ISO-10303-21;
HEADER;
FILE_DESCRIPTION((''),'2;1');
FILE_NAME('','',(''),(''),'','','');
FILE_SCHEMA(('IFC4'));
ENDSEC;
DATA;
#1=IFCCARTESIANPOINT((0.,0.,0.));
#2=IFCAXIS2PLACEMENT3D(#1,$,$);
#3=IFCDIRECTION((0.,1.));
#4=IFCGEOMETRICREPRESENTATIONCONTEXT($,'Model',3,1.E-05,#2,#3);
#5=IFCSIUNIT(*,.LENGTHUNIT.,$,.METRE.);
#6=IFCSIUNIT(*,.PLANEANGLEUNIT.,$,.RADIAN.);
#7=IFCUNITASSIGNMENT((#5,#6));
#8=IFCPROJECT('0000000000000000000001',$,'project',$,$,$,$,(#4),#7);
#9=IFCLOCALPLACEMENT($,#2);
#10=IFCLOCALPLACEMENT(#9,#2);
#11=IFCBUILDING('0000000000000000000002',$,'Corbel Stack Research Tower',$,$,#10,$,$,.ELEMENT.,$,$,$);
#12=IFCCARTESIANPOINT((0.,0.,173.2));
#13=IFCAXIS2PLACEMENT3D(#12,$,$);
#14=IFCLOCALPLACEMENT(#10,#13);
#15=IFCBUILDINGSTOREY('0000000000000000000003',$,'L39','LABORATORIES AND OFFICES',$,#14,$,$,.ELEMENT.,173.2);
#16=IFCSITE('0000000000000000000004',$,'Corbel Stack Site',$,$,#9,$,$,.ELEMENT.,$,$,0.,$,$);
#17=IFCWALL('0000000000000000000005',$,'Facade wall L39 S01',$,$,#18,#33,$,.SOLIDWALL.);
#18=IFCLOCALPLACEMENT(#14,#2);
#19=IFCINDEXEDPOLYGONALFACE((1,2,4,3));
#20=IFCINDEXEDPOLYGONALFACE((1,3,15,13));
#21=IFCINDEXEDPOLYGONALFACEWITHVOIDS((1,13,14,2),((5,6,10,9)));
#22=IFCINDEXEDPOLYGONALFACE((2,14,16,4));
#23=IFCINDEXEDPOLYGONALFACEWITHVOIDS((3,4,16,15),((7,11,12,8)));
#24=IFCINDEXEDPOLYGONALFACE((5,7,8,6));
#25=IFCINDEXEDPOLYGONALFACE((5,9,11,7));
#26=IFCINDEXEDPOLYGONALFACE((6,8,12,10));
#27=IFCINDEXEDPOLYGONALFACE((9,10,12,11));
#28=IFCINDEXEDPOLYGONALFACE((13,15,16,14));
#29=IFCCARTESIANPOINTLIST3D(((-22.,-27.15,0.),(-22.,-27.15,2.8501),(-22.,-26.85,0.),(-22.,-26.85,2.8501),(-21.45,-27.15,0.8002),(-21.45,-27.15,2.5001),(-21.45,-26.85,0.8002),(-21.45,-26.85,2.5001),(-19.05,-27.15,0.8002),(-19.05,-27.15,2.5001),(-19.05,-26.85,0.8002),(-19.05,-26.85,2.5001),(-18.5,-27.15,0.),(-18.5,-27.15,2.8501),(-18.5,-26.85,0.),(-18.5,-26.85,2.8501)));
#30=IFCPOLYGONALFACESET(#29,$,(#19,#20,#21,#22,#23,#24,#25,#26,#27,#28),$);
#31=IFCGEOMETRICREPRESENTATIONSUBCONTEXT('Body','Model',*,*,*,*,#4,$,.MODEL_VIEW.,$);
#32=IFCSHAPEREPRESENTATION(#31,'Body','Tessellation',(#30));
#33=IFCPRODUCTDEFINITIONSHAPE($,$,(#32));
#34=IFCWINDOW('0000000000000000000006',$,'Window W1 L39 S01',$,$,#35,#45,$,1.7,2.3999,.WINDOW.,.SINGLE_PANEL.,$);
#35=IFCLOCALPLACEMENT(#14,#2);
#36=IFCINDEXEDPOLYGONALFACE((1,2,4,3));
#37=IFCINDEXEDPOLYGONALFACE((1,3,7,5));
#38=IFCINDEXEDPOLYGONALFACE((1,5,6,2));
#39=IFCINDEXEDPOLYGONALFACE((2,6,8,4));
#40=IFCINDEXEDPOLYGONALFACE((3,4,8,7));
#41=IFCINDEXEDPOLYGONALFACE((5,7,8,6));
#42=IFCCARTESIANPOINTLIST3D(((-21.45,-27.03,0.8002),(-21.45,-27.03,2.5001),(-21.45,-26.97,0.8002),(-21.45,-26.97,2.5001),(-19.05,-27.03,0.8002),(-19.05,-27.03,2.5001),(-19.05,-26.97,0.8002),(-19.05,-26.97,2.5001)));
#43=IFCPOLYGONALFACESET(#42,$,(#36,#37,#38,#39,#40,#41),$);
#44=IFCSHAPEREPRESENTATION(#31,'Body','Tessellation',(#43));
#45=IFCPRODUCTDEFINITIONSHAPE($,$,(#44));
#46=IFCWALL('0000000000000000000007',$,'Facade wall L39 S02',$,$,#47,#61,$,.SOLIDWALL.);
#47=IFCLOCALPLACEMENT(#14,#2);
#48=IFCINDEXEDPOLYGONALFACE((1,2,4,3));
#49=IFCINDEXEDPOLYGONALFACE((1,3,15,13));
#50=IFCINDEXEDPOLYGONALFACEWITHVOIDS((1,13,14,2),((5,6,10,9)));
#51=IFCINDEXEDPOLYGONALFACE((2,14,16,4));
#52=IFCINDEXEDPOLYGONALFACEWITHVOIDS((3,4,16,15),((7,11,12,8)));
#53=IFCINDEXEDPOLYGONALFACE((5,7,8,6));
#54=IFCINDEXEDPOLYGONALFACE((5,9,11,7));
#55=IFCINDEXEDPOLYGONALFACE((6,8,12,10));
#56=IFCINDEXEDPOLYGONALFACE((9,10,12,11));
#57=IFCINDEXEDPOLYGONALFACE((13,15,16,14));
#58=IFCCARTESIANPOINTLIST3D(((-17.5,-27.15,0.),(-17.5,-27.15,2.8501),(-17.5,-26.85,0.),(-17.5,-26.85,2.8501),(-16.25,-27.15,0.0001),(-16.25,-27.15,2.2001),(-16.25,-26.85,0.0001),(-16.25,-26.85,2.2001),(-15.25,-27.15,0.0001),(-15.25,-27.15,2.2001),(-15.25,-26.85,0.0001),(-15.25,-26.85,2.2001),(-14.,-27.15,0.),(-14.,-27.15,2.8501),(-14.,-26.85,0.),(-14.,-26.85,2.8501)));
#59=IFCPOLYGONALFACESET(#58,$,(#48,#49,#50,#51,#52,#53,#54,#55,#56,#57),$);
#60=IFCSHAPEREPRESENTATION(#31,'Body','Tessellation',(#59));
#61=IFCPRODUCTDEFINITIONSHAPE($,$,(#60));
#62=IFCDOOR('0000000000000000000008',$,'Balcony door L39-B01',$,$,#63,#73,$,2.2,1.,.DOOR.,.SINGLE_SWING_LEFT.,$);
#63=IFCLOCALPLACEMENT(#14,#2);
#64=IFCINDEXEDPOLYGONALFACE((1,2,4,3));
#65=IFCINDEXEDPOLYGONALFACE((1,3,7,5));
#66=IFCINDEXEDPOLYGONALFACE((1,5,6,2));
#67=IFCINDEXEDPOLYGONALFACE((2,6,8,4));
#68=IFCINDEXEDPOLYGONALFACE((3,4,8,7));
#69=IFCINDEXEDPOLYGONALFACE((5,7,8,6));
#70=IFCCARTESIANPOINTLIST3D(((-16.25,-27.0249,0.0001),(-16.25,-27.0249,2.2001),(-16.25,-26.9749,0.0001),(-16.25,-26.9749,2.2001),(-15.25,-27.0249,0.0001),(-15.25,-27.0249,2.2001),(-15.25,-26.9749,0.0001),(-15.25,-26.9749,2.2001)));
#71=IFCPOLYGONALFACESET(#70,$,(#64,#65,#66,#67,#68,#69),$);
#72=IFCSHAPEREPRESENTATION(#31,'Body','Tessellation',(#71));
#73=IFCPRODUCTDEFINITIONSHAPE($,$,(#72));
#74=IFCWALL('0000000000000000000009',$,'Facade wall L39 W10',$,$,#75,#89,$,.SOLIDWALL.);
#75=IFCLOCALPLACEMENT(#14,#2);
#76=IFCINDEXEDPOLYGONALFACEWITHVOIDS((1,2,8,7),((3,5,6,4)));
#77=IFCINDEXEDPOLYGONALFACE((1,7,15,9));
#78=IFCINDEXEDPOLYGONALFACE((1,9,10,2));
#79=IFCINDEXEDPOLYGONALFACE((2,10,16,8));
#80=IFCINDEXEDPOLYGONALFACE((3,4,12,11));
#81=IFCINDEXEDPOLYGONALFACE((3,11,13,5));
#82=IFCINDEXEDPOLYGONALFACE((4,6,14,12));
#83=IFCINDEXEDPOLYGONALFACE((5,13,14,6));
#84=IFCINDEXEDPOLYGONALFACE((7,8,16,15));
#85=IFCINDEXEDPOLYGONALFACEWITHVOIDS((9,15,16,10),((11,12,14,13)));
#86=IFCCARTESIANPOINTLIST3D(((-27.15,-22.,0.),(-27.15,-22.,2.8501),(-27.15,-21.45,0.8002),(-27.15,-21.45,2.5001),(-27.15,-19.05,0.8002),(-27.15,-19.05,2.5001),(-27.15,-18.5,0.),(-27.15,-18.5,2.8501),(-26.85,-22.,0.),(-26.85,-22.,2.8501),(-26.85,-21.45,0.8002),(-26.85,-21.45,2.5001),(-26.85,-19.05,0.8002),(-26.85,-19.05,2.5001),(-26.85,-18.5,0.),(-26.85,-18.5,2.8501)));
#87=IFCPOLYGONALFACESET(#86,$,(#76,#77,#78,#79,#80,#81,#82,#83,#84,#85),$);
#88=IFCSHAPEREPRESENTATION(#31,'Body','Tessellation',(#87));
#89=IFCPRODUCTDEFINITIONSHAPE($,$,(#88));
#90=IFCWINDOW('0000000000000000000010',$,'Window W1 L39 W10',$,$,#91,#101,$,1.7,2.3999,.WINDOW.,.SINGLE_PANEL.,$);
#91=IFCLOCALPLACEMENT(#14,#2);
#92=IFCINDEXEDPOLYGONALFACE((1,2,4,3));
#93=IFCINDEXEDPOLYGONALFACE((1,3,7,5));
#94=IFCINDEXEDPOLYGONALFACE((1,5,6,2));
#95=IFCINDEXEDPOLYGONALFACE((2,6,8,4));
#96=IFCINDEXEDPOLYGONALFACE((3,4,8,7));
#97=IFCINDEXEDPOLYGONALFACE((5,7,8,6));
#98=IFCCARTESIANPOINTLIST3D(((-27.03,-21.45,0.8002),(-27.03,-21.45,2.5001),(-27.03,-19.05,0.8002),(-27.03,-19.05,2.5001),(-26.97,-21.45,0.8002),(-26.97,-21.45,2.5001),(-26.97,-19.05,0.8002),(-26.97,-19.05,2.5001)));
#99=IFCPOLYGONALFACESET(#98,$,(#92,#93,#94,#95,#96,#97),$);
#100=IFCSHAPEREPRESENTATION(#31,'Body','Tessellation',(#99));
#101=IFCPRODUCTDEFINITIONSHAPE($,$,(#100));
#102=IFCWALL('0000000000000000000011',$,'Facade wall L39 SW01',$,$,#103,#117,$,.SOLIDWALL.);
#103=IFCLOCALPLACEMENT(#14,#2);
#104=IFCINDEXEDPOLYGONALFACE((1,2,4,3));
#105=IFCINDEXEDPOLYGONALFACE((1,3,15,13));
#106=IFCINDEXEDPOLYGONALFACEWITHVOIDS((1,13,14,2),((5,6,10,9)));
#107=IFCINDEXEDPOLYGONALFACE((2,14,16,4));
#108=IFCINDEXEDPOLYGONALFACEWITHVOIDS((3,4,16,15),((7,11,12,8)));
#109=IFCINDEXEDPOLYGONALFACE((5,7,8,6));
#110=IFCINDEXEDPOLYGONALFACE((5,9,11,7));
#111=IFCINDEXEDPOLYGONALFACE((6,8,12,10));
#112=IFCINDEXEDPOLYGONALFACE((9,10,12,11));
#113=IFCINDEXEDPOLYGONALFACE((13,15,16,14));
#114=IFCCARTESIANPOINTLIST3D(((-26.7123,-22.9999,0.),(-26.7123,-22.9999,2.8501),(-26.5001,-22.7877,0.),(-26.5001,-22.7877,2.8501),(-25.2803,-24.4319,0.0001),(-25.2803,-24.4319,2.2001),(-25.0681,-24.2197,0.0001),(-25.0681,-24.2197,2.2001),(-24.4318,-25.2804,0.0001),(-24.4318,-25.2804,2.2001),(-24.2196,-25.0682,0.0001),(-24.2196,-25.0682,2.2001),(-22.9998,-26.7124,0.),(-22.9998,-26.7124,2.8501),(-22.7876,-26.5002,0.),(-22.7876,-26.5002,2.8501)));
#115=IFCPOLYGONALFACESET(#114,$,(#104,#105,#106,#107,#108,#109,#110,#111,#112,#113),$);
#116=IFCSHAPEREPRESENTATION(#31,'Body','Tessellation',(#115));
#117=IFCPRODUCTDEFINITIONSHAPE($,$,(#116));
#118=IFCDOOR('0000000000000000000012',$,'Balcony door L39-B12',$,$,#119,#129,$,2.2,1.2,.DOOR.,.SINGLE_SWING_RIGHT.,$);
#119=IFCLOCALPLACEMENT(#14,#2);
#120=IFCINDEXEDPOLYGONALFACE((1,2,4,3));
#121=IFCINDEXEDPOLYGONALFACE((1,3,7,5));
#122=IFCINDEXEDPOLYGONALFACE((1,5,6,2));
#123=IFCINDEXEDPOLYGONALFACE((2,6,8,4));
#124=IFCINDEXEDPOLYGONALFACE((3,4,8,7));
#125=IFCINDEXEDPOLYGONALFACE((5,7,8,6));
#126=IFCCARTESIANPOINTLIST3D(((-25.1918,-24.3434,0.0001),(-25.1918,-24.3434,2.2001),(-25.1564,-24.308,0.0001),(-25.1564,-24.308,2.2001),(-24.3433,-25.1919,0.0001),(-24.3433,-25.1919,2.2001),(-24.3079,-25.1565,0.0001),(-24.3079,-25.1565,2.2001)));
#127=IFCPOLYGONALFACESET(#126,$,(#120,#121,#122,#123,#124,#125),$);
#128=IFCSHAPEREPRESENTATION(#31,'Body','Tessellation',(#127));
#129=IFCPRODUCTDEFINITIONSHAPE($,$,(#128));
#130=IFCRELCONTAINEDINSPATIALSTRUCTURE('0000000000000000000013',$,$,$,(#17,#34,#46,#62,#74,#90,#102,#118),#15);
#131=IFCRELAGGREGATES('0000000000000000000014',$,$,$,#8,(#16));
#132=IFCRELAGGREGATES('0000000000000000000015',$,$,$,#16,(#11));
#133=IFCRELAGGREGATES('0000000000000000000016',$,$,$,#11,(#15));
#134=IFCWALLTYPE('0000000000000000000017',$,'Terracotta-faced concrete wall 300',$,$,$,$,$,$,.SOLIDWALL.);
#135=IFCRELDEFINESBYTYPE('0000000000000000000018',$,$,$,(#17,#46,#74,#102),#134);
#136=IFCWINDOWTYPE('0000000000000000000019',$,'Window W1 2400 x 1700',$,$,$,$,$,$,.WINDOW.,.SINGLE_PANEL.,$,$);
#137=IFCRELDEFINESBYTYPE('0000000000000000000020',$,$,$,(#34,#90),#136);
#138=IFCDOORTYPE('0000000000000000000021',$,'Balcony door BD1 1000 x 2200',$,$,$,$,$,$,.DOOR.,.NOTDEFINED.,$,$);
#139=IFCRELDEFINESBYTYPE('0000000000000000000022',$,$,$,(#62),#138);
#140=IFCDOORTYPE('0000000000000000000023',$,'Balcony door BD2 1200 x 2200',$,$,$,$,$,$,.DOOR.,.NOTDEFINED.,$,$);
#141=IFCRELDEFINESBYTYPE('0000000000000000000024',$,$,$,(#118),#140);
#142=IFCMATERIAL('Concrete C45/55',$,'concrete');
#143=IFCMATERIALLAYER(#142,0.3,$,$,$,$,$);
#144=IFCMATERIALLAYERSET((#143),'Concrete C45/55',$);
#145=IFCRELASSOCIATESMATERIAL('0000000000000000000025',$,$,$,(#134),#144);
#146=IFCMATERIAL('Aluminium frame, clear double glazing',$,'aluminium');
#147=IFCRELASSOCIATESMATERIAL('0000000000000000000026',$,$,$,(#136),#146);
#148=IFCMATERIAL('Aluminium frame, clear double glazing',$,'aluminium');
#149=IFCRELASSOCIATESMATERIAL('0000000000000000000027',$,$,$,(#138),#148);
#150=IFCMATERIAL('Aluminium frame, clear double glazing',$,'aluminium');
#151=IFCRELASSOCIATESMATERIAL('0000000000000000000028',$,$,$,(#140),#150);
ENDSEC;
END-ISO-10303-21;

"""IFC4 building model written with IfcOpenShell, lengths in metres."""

from ifc_helpers import new_model, si_unit, direction, frame, frame_2d, origin, place, context, subcontext, project, spatial, rectangle, extrude, material, layer, layer_set, type_object, element, fill, save


model = new_model("IFC4")

# Units and contexts
model_context = context("Model", 3, precision=1e-05, world=origin(), true_north=direction((0.0, 1.0)))
body_context = subcontext(model_context, "Body", "Model", "MODEL_VIEW")
ifc_project = project(units=[si_unit("LENGTHUNIT", "METRE"), si_unit("PLANEANGLEUNIT", "RADIAN")], contexts=[model_context])

# Site, building, storey
site_placement = place(None, origin())
site = spatial("IfcSite", under=ifc_project, at=site_placement, Name="Corbel Stack Site", CompositionType="ELEMENT", RefElevation=0.0)
building_placement = place(site_placement, origin())
building = spatial("IfcBuilding", under=site, at=building_placement, Name="Corbel Stack Research Tower", CompositionType="ELEMENT")
storey_placement = place(building_placement, frame((0.0, 0.0, 173.2)))
storey = spatial("IfcBuildingStorey", under=building, at=storey_placement, Name="L39", Description="LABORATORIES AND OFFICES", CompositionType="ELEMENT", Elevation=173.2)

# Wall, opening, window
ifc_material_1 = material(Name="Concrete C45/55", Category="concrete")
ifc_layer_1 = layer(ifc_material_1, 0.3)
ifc_layer_set_1 = layer_set([ifc_layer_1], Name="Concrete C45/55")
wall_type_1 = type_object("IfcWallType", Name="Terracotta-faced concrete wall 300", PredefinedType="SOLIDWALL", material=ifc_layer_set_1)
wall_1_placement = place(storey_placement, frame((-18.5, -27.0, 0.0), z_axis=(0.0, 0.0, 1.0), x_axis=(-1.0, 0.0, 0.0)))
wall_1 = element("IfcWall", 1, at=wall_1_placement, inside=storey, type_object=wall_type_1, Name="Facade wall L39 S01", PredefinedType="SOLIDWALL", context=body_context, shape_type="SweptSolid", body=[
    extrude(rectangle(XDim=3.5, YDim=0.3, at=frame_2d((1.75, 0.0))), origin(), (0.0, 0.0, 1.0), 2.8501),
])
opening_1_placement = place(wall_1_placement, frame((0.55, 0.0, 0.8)))
opening_1 = element("IfcOpeningElement", 2, at=opening_1_placement, cuts=wall_1, PredefinedType="OPENING", context=body_context, shape_type="SweptSolid", body=[
    extrude(rectangle(XDim=2.3999, YDim=1.7, at=frame_2d((1.2, 0.8501))), frame((0.0, 0.1599, 0.0), z_axis=(0.0, -1.0, 0.0), x_axis=(1.0, 0.0, 0.0)), (0.0, 0.0, 1.0), 0.3201),
])
ifc_material_2 = material(Name="Aluminium frame, clear double glazing", Category="aluminium")
window_type = type_object("IfcWindowType", Name="Window W1 2400 x 1700", PartitioningType="SINGLE_PANEL", PredefinedType="WINDOW", material=ifc_material_2)
window_1_placement = place(opening_1_placement, origin())
window_1 = element("IfcWindow", 3, at=window_1_placement, inside=storey, type_object=window_type, Name="Window W1 L39 S01", OverallHeight=1.7, OverallWidth=2.3999, PartitioningType="SINGLE_PANEL", PredefinedType="WINDOW", context=body_context, shape_type="SweptSolid", body=[
    extrude(rectangle(XDim=2.3999, YDim=1.7, at=frame_2d((1.2, 0.8501))), frame((0.0, 0.03, 0.0), z_axis=(0.0, -1.0, 0.0), x_axis=(1.0, 0.0, 0.0)), (0.0, 0.0, 1.0), 0.0601),
])
fill(opening_1, window_1)

# Wall, opening, door
wall_2_placement = place(storey_placement, frame((-14.0, -27.0, 0.0), z_axis=(0.0, 0.0, 1.0), x_axis=(-1.0, 0.0, 0.0)))
wall_2 = element("IfcWall", 4, at=wall_2_placement, inside=storey, type_object=wall_type_1, Name="Facade wall L39 S02", PredefinedType="SOLIDWALL", context=body_context, shape_type="SweptSolid", body=[
    extrude(rectangle(XDim=3.5, YDim=0.3, at=frame_2d((1.75, 0.0))), origin(), (0.0, 0.0, 1.0), 2.8501),
])
opening_2_placement = place(wall_2_placement, frame((1.25, 0.0, 0.0)))
opening_2 = element("IfcOpeningElement", 5, at=opening_2_placement, cuts=wall_2, PredefinedType="OPENING", context=body_context, shape_type="SweptSolid", body=[
    extrude(rectangle(XDim=1.0, YDim=2.2, at=frame_2d((0.5, 1.1001))), frame((0.0, 0.1599, 0.0), z_axis=(0.0, -1.0, 0.0), x_axis=(1.0, 0.0, 0.0)), (0.0, 0.0, 1.0), 0.3201),
])
ifc_material_3 = material(Name="Aluminium frame, clear double glazing", Category="aluminium")
door_type_1 = type_object("IfcDoorType", Name="Balcony door BD1 1000 x 2200", OperationType="NOTDEFINED", PredefinedType="DOOR", material=ifc_material_3)
door_1_placement = place(opening_2_placement, origin())
door_1 = element("IfcDoor", 6, at=door_1_placement, inside=storey, type_object=door_type_1, Name="Balcony door L39-B01", OperationType="SINGLE_SWING_LEFT", OverallHeight=2.2, OverallWidth=1.0, PredefinedType="DOOR", context=body_context, shape_type="SweptSolid", body=[
    extrude(rectangle(XDim=1.0, YDim=2.2, at=frame_2d((0.5, 1.1001))), frame((0.0, 0.0249, 0.0), z_axis=(0.0, -1.0, 0.0), x_axis=(1.0, 0.0, 0.0)), (0.0, 0.0, 1.0), 0.05),
])
fill(opening_2, door_1)

# Wall, opening, window
wall_3_placement = place(storey_placement, frame((-27.0, -22.0, 0.0), z_axis=(0.0, 0.0, 1.0), x_axis=(0.0, 1.0, 0.0)))
wall_3 = element("IfcWall", 7, at=wall_3_placement, inside=storey, type_object=wall_type_1, Name="Facade wall L39 W10", PredefinedType="SOLIDWALL", context=body_context, shape_type="SweptSolid", body=[
    extrude(rectangle(XDim=3.5, YDim=0.3, at=frame_2d((1.75, 0.0))), origin(), (0.0, 0.0, 1.0), 2.8501),
])
opening_3_placement = place(wall_3_placement, frame((0.55, 0.0, 0.8)))
opening_3 = element("IfcOpeningElement", 8, at=opening_3_placement, cuts=wall_3, PredefinedType="OPENING", context=body_context, shape_type="SweptSolid", body=[
    extrude(rectangle(XDim=2.3999, YDim=1.7, at=frame_2d((1.2, 0.8501))), frame((0.0, 0.1599, 0.0), z_axis=(0.0, -1.0, 0.0), x_axis=(1.0, 0.0, 0.0)), (0.0, 0.0, 1.0), 0.3201),
])
window_2_placement = place(opening_3_placement, origin())
window_2 = element("IfcWindow", 9, at=window_2_placement, inside=storey, type_object=window_type, Name="Window W1 L39 W10", OverallHeight=1.7, OverallWidth=2.3999, PartitioningType="SINGLE_PANEL", PredefinedType="WINDOW", context=body_context, shape_type="SweptSolid", body=[
    extrude(rectangle(XDim=2.3999, YDim=1.7, at=frame_2d((1.2, 0.8501))), frame((0.0, 0.03, 0.0), z_axis=(0.0, -1.0, 0.0), x_axis=(1.0, 0.0, 0.0)), (0.0, 0.0, 1.0), 0.0601),
])
fill(opening_3, window_2)

# Wall, opening, door
wall_4_placement = place(storey_placement, frame((-22.8938, -26.6062, 0.0), z_axis=(0.0, 0.0, 1.0), x_axis=(-0.707107, 0.707107, 0.0)))
wall_4 = element("IfcWall", 10, at=wall_4_placement, inside=storey, type_object=wall_type_1, Name="Facade wall L39 SW01", PredefinedType="SOLIDWALL", context=body_context, shape_type="SweptSolid", body=[
    extrude(rectangle(XDim=5.2502, YDim=0.3, at=frame_2d((2.625, 0.0))), origin(), (0.0, 0.0, 1.0), 2.8501),
])
opening_4_placement = place(wall_4_placement, frame((2.0249, 0.0, 0.0)))
opening_4 = element("IfcOpeningElement", 11, at=opening_4_placement, cuts=wall_4, PredefinedType="OPENING", context=body_context, shape_type="SweptSolid", body=[
    extrude(rectangle(XDim=1.2, YDim=2.2, at=frame_2d((0.6001, 1.1001))), frame((0.0, 0.1599, 0.0), z_axis=(0.0, -1.0, 0.0), x_axis=(1.0, 0.0, 0.0)), (0.0, 0.0, 1.0), 0.3201),
])
ifc_material_4 = material(Name="Aluminium frame, clear double glazing", Category="aluminium")
door_type_2 = type_object("IfcDoorType", Name="Balcony door BD2 1200 x 2200", OperationType="NOTDEFINED", PredefinedType="DOOR", material=ifc_material_4)
door_2_placement = place(opening_4_placement, origin())
door_2 = element("IfcDoor", 12, at=door_2_placement, inside=storey, type_object=door_type_2, Name="Balcony door L39-B12", OperationType="SINGLE_SWING_RIGHT", OverallHeight=2.2, OverallWidth=1.2, PredefinedType="DOOR", context=body_context, shape_type="SweptSolid", body=[
    extrude(rectangle(XDim=1.2, YDim=2.2, at=frame_2d((0.6001, 1.1001))), frame((0.0, 0.0249, 0.0), z_axis=(0.0, -1.0, 0.0), x_axis=(1.0, 0.0, 0.0)), (0.0, 0.0, 1.0), 0.05),
])
fill(opening_4, door_2)

save(model, "model.ifc")
